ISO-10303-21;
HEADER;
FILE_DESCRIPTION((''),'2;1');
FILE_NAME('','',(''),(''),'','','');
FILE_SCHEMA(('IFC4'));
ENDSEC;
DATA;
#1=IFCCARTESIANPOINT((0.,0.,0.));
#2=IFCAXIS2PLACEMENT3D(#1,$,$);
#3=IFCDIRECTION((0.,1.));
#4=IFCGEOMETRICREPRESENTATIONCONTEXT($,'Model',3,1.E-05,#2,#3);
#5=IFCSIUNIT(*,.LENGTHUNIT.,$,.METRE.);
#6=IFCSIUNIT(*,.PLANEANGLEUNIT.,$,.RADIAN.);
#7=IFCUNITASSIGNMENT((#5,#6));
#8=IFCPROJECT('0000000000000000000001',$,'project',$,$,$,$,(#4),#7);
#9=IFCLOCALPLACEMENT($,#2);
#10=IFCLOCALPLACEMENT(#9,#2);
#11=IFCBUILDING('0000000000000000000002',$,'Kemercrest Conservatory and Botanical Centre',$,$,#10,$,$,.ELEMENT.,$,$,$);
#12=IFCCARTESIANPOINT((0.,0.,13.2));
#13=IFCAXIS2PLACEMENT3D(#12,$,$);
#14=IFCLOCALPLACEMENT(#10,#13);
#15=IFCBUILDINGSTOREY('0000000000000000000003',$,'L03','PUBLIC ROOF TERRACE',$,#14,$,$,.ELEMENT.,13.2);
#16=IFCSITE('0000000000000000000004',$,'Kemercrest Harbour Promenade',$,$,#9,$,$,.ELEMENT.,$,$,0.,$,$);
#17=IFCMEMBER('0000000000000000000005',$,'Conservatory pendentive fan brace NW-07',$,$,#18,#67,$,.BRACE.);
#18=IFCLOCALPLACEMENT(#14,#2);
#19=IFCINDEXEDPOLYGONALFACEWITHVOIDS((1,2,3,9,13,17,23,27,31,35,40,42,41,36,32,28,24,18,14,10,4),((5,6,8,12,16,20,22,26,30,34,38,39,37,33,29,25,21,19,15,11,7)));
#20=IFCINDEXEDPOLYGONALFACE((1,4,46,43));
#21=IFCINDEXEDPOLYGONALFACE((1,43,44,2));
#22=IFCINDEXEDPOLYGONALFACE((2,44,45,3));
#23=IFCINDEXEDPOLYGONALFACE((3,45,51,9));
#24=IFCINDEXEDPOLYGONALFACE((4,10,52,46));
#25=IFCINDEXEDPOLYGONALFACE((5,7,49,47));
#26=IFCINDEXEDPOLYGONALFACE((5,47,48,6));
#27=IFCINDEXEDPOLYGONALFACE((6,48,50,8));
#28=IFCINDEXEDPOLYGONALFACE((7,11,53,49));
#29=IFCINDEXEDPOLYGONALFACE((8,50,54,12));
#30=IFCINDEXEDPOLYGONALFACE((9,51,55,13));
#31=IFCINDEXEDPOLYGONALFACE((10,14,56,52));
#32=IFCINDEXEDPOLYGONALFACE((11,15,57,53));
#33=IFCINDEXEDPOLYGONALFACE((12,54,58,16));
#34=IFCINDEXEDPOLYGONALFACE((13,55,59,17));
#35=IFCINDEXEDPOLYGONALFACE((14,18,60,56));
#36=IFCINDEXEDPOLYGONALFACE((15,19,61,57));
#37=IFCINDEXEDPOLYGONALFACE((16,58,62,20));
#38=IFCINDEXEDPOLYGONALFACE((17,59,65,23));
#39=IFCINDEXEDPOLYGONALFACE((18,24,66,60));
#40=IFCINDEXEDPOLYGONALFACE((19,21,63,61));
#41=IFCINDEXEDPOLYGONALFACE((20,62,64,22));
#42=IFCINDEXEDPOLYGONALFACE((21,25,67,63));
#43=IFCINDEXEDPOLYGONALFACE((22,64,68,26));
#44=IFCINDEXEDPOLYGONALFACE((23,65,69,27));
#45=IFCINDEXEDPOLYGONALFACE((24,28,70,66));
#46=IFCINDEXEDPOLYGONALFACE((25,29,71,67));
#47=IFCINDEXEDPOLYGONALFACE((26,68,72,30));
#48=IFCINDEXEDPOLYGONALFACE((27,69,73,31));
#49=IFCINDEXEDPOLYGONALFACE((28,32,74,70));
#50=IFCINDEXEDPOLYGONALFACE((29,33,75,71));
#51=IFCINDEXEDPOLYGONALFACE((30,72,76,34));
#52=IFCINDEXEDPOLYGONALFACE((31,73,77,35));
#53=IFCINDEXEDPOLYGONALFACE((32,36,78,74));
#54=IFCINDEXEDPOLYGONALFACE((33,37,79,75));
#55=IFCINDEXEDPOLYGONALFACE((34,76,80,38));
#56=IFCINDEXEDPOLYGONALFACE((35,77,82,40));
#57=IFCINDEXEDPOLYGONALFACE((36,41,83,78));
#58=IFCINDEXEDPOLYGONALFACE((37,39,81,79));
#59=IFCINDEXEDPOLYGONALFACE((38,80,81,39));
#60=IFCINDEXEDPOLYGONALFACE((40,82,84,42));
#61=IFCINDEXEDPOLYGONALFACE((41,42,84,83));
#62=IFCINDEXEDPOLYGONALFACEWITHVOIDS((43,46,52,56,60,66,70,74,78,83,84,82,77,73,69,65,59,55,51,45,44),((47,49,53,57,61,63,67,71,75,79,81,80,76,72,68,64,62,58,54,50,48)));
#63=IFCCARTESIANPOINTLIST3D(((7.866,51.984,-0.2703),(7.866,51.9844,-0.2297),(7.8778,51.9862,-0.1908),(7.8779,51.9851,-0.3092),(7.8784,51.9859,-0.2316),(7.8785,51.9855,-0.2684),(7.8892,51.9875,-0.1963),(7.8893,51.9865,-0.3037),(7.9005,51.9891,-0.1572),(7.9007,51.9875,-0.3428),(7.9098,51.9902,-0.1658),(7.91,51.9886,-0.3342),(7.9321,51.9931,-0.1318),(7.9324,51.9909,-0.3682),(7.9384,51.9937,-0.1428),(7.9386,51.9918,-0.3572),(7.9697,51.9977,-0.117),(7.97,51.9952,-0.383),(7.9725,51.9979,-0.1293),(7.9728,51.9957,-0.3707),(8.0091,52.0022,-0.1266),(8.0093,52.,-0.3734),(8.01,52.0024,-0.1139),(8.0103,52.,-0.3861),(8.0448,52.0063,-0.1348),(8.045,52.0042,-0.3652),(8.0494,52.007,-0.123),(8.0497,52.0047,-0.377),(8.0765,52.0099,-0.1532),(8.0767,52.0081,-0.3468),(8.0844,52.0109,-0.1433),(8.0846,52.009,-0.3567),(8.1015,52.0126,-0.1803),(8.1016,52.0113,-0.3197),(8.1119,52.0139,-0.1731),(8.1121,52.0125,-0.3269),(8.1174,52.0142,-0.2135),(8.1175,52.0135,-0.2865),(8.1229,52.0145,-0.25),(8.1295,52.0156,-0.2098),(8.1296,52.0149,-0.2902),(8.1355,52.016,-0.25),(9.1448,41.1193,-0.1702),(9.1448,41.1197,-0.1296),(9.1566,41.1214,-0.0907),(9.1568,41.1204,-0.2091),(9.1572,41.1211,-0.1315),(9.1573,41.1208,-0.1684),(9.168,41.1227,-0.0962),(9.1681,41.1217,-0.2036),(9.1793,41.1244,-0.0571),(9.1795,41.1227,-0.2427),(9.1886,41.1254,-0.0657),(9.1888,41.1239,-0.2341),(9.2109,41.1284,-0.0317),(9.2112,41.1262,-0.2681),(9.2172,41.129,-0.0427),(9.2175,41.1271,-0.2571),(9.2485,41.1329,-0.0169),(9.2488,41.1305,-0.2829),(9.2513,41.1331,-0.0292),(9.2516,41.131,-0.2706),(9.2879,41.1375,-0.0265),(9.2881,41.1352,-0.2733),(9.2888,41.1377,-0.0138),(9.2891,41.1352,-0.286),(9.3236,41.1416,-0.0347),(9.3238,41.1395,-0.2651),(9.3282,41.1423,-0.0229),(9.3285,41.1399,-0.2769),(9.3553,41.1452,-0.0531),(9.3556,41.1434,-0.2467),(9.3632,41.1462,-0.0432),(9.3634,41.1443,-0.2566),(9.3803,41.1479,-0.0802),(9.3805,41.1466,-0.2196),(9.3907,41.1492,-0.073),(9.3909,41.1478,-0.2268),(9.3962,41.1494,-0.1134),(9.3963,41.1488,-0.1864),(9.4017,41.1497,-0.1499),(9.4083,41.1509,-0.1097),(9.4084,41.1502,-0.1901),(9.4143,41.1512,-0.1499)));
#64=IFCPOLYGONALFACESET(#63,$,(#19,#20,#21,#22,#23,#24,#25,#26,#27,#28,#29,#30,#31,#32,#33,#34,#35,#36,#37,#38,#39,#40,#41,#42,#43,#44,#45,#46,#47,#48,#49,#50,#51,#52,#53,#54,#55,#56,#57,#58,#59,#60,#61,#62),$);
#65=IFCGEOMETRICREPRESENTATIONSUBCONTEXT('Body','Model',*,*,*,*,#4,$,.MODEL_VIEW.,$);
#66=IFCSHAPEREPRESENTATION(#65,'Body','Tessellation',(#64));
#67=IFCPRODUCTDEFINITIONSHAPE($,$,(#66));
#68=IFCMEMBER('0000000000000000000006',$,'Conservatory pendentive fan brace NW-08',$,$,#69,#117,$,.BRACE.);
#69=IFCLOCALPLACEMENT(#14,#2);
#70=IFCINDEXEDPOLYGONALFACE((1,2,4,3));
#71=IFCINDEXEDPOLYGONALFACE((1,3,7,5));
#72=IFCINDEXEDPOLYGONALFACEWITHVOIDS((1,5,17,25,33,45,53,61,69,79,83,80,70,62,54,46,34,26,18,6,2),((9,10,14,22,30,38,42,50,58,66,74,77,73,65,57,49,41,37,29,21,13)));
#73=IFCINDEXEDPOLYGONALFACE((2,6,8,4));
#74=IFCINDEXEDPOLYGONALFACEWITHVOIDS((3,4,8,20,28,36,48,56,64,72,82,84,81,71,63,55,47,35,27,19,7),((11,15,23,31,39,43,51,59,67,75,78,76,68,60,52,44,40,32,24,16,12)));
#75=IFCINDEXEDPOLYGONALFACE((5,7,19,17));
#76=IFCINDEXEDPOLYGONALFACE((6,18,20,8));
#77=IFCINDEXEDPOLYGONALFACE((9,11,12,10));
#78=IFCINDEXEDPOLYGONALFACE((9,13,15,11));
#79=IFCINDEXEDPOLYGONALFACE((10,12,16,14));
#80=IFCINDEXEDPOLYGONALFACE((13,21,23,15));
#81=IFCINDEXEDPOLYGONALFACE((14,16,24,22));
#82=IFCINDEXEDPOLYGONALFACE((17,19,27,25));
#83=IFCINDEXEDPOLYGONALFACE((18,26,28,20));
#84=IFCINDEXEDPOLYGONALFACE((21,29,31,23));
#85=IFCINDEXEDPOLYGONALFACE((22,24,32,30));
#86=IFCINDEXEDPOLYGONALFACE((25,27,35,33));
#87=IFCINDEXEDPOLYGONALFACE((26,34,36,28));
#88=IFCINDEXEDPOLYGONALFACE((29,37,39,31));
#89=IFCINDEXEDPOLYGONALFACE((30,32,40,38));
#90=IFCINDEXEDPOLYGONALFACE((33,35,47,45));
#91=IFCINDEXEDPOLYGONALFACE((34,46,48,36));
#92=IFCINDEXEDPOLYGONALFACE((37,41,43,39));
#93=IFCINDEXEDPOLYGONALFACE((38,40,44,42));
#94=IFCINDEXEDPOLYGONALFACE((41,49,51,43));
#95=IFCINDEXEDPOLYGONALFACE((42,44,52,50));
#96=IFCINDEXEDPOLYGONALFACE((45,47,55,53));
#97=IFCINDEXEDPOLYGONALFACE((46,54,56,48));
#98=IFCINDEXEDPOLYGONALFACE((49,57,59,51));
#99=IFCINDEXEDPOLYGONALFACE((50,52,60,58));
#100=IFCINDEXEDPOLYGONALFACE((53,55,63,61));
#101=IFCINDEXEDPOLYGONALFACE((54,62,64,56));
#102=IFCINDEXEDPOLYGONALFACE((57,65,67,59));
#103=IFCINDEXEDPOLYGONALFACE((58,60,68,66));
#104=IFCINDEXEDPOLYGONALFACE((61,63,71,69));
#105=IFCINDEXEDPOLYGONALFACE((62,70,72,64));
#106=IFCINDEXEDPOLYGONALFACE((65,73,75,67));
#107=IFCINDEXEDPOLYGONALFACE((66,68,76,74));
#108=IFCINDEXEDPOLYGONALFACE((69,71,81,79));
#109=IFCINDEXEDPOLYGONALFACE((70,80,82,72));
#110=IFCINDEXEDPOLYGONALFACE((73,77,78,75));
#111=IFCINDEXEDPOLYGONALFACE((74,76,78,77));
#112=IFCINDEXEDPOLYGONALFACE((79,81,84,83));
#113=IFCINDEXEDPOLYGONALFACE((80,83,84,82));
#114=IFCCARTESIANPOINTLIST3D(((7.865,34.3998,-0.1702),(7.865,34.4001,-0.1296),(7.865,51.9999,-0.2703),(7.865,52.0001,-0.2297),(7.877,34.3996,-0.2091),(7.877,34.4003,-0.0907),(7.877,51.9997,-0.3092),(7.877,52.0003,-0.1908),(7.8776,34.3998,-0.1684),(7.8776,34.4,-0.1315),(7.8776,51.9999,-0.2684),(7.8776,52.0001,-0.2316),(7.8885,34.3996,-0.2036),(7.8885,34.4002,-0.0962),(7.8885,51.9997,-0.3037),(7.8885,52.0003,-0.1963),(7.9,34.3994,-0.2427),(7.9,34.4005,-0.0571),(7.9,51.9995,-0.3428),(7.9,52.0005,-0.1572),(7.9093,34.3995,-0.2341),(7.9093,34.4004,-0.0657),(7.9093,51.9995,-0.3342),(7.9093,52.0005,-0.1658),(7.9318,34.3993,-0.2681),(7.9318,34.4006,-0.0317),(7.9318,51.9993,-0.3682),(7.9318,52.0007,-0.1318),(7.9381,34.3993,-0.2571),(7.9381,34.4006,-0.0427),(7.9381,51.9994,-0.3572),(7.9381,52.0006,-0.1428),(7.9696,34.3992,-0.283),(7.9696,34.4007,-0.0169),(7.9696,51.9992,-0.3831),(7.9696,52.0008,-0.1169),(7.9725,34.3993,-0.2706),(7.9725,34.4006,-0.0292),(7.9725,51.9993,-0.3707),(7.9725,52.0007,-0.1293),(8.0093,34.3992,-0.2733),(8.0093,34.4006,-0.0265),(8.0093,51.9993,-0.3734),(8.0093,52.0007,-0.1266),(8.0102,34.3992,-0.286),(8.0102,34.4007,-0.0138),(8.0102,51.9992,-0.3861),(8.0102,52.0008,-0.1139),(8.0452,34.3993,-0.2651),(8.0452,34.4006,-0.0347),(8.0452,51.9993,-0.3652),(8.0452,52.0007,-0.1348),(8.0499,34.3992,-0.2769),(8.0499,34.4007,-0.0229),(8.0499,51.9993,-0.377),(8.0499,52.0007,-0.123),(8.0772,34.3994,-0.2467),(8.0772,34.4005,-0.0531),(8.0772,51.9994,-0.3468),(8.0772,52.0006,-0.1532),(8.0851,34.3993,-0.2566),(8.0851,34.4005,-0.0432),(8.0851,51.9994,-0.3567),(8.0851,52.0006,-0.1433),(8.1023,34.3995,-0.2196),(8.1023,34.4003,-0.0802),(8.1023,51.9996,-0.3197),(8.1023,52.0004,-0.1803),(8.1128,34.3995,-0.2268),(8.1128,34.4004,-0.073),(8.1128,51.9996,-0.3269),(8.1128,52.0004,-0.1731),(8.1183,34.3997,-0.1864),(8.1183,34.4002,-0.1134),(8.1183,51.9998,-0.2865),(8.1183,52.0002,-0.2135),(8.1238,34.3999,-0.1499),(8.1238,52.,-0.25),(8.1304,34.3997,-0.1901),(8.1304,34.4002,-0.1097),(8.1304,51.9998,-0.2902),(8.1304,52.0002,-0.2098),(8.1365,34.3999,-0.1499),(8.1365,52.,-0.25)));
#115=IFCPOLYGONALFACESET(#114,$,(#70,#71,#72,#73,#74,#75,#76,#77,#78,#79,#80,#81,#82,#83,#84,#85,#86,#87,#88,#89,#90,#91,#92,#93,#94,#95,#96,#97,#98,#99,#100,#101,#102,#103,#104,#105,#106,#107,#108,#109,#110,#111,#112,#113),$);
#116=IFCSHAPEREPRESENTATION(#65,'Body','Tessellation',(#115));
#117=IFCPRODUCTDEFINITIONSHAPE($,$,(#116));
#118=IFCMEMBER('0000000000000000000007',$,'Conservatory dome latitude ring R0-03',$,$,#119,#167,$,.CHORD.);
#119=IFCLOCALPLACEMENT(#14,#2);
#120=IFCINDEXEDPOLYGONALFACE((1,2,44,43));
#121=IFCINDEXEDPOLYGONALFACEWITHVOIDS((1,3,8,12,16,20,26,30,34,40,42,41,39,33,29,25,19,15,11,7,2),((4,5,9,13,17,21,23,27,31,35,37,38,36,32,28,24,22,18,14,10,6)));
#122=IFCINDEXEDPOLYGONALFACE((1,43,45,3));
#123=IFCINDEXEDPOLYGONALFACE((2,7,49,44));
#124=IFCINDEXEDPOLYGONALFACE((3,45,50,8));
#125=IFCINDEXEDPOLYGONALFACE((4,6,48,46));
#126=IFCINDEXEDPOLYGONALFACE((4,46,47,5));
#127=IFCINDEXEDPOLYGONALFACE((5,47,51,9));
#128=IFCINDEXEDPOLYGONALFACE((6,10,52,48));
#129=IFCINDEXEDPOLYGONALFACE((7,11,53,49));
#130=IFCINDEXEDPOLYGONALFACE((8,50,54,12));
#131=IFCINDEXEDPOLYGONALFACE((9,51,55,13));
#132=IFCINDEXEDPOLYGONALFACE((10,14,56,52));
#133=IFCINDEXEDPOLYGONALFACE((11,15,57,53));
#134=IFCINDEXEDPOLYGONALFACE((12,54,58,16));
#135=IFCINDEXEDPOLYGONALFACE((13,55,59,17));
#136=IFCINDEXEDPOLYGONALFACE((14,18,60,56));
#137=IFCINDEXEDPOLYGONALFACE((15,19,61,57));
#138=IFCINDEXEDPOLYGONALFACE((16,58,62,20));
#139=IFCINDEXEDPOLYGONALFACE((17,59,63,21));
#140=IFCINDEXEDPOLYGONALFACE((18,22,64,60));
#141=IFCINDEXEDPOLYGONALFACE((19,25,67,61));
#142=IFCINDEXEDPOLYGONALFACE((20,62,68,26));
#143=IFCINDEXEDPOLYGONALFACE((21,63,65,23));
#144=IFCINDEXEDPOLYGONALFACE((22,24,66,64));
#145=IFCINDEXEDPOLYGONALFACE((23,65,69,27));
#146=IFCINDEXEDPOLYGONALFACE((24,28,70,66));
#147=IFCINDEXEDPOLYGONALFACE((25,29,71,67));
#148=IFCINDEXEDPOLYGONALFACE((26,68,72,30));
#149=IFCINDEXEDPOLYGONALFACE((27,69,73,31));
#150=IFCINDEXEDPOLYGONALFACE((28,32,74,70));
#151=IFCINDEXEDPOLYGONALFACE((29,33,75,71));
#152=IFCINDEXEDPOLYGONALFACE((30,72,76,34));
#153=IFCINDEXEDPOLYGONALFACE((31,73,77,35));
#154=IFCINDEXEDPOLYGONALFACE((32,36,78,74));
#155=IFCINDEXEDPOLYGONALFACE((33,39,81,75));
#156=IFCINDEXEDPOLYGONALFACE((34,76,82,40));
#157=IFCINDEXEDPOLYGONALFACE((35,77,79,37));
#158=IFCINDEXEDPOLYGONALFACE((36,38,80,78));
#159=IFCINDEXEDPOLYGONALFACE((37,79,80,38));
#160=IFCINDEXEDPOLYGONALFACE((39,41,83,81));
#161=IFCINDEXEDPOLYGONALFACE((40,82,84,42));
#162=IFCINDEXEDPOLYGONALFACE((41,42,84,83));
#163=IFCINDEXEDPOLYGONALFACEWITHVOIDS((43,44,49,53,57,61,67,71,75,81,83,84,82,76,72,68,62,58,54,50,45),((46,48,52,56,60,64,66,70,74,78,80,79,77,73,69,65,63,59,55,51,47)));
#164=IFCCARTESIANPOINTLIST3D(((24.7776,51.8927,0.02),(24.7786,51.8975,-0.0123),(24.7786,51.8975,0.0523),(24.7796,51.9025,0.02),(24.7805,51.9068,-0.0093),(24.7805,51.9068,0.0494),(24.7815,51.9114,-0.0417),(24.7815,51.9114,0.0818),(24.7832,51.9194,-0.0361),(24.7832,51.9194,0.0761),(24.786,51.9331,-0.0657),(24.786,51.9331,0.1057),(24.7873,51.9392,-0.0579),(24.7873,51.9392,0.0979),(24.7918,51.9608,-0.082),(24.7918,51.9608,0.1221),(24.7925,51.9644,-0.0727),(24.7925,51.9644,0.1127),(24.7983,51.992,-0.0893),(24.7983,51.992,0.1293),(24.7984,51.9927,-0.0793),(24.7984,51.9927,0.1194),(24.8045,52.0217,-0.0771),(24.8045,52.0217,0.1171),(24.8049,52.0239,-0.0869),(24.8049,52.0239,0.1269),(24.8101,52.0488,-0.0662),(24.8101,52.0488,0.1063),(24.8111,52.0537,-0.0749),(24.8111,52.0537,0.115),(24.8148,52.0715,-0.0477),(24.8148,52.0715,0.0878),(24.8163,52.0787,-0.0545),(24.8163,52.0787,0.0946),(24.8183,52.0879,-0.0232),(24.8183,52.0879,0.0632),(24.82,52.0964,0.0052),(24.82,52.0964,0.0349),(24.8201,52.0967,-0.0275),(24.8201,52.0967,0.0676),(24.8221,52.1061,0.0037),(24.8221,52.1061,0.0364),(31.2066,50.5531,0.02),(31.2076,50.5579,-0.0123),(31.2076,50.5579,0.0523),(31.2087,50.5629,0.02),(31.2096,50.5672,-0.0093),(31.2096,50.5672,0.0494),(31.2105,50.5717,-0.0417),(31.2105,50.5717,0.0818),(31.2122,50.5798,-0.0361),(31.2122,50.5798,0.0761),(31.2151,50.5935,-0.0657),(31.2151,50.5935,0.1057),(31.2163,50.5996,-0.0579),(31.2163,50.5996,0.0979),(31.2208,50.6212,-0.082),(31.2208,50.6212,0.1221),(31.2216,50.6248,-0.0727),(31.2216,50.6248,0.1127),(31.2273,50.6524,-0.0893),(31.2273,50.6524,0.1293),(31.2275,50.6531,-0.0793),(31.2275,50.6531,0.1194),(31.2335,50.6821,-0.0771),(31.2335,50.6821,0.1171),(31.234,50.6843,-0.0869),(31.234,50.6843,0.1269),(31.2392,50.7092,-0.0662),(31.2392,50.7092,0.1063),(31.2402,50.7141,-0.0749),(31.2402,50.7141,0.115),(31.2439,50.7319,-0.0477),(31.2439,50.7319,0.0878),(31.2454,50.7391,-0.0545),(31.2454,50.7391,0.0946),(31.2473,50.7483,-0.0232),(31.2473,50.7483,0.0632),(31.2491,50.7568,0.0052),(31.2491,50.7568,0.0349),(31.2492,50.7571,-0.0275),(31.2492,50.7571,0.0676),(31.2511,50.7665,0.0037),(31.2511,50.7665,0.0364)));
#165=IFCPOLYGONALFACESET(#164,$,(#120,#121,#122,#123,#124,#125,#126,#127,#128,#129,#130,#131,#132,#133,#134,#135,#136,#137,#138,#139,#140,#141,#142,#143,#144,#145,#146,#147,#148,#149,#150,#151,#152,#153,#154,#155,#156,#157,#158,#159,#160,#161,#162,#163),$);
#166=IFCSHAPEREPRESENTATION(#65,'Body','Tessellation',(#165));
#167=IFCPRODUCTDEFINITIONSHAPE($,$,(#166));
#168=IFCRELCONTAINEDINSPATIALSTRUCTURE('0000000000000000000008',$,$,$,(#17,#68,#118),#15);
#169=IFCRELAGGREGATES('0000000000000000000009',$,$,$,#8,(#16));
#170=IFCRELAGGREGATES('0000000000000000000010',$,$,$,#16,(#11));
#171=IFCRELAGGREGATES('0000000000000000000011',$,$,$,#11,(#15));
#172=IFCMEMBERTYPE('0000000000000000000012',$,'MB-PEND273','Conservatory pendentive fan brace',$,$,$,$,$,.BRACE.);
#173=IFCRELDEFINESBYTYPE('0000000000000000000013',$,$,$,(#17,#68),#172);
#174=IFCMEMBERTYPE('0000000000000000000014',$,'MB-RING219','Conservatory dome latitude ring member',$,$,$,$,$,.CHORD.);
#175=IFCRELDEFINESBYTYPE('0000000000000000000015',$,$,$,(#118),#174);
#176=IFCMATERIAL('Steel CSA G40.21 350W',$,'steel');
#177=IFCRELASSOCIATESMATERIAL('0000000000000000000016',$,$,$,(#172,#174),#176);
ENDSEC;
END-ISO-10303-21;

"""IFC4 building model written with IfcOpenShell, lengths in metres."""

from ifc_helpers import new_model, si_unit, direction, frame, origin, origin_2d, place, context, subcontext, project, spatial, hollow_circle, extrude, material, material_profile, profile_set, type_object, element, save


model = new_model("IFC4")

# Units and contexts
model_context = context("Model", 3, precision=1e-05, world=origin(), true_north=direction((0.0, 1.0)))
body_context = subcontext(model_context, "Body", "Model", "MODEL_VIEW")
ifc_project = project(units=[si_unit("LENGTHUNIT", "METRE"), si_unit("PLANEANGLEUNIT", "RADIAN")], contexts=[model_context])

# Site, building, storey
site_placement = place(None, origin())
site = spatial("IfcSite", under=ifc_project, at=site_placement, Name="Kemercrest Harbour Promenade", CompositionType="ELEMENT", RefElevation=0.0)
building_placement = place(site_placement, origin())
building = spatial("IfcBuilding", under=site, at=building_placement, Name="Kemercrest Conservatory and Botanical Centre", CompositionType="ELEMENT")
storey_placement = place(building_placement, frame((0.0, 0.0, 13.2)))
storey = spatial("IfcBuildingStorey", under=building, at=storey_placement, Name="L03", Description="PUBLIC ROOF TERRACE", CompositionType="ELEMENT", Elevation=13.2)

# Shared definitions
ifc_material_1 = material(Name="Steel CSA G40.21 350W", Category="steel")

# Members
ifc_material_profile_1 = material_profile(ifc_material_1, hollow_circle(Radius=0.1365, WallThickness=0.0127, at=origin_2d()), Name="CHS 273.1x12.7")
ifc_profile_set_1 = profile_set([ifc_material_profile_1], Name="Steel CSA G40.21 350W")
member_type_1 = type_object("IfcMemberType", Name="MB-PEND273", Description="Conservatory pendentive fan brace", PredefinedType="BRACE", material=ifc_profile_set_1)
member_1_placement = place(storey_placement, frame((8.0, 52.0, -0.25), z_axis=(0.116891, -0.993103, 0.00915), x_axis=(0.993144, 0.116896, 0.0)))
element("IfcMember", 1, at=member_1_placement, inside=storey, type_object=member_type_1, Name="Conservatory pendentive fan brace NW-07", PredefinedType="BRACE", context=body_context, shape_type="SweptSolid", body=[
    extrude(hollow_circle(Radius=0.1365, WallThickness=0.0127, at=origin_2d()), origin(), (0.0, 0.0, 1.0), 10.9402),
])
member_2_placement = place(storey_placement, frame((8.0, 52.0, -0.25), z_axis=(0.0, -0.999984, 0.005687), x_axis=(1.0, 0.0, 0.0)))
element("IfcMember", 2, at=member_2_placement, inside=storey, type_object=member_type_1, Name="Conservatory pendentive fan brace NW-08", PredefinedType="BRACE", context=body_context, shape_type="SweptSolid", body=[
    extrude(hollow_circle(Radius=0.1365, WallThickness=0.0127, at=origin_2d()), origin(), (0.0, 0.0, 1.0), 17.6003),
])
ifc_material_profile_2 = material_profile(ifc_material_1, hollow_circle(Radius=0.1096, WallThickness=0.01, at=origin_2d()), Name="CHS 219.1x10.0")
ifc_profile_set_2 = profile_set([ifc_material_profile_2], Name="Steel CSA G40.21 350W")
member_type_2 = type_object("IfcMemberType", Name="MB-RING219", Description="Conservatory dome latitude ring member", PredefinedType="CHORD", material=ifc_profile_set_2)
member_3_placement = place(storey_placement, frame((31.229, 50.6604, 0.02), z_axis=(-0.978973, 0.203988, 0.0), x_axis=(-0.203988, -0.978973, 0.0)))
element("IfcMember", 3, at=member_3_placement, inside=storey, type_object=member_type_2, Name="Conservatory dome latitude ring R0-03", PredefinedType="CHORD", context=body_context, shape_type="SweptSolid", body=[
    extrude(hollow_circle(Radius=0.1096, WallThickness=0.01, at=origin_2d()), origin(), (0.0, 0.0, 1.0), 6.5671),
])

save(model, "model.ifc")
